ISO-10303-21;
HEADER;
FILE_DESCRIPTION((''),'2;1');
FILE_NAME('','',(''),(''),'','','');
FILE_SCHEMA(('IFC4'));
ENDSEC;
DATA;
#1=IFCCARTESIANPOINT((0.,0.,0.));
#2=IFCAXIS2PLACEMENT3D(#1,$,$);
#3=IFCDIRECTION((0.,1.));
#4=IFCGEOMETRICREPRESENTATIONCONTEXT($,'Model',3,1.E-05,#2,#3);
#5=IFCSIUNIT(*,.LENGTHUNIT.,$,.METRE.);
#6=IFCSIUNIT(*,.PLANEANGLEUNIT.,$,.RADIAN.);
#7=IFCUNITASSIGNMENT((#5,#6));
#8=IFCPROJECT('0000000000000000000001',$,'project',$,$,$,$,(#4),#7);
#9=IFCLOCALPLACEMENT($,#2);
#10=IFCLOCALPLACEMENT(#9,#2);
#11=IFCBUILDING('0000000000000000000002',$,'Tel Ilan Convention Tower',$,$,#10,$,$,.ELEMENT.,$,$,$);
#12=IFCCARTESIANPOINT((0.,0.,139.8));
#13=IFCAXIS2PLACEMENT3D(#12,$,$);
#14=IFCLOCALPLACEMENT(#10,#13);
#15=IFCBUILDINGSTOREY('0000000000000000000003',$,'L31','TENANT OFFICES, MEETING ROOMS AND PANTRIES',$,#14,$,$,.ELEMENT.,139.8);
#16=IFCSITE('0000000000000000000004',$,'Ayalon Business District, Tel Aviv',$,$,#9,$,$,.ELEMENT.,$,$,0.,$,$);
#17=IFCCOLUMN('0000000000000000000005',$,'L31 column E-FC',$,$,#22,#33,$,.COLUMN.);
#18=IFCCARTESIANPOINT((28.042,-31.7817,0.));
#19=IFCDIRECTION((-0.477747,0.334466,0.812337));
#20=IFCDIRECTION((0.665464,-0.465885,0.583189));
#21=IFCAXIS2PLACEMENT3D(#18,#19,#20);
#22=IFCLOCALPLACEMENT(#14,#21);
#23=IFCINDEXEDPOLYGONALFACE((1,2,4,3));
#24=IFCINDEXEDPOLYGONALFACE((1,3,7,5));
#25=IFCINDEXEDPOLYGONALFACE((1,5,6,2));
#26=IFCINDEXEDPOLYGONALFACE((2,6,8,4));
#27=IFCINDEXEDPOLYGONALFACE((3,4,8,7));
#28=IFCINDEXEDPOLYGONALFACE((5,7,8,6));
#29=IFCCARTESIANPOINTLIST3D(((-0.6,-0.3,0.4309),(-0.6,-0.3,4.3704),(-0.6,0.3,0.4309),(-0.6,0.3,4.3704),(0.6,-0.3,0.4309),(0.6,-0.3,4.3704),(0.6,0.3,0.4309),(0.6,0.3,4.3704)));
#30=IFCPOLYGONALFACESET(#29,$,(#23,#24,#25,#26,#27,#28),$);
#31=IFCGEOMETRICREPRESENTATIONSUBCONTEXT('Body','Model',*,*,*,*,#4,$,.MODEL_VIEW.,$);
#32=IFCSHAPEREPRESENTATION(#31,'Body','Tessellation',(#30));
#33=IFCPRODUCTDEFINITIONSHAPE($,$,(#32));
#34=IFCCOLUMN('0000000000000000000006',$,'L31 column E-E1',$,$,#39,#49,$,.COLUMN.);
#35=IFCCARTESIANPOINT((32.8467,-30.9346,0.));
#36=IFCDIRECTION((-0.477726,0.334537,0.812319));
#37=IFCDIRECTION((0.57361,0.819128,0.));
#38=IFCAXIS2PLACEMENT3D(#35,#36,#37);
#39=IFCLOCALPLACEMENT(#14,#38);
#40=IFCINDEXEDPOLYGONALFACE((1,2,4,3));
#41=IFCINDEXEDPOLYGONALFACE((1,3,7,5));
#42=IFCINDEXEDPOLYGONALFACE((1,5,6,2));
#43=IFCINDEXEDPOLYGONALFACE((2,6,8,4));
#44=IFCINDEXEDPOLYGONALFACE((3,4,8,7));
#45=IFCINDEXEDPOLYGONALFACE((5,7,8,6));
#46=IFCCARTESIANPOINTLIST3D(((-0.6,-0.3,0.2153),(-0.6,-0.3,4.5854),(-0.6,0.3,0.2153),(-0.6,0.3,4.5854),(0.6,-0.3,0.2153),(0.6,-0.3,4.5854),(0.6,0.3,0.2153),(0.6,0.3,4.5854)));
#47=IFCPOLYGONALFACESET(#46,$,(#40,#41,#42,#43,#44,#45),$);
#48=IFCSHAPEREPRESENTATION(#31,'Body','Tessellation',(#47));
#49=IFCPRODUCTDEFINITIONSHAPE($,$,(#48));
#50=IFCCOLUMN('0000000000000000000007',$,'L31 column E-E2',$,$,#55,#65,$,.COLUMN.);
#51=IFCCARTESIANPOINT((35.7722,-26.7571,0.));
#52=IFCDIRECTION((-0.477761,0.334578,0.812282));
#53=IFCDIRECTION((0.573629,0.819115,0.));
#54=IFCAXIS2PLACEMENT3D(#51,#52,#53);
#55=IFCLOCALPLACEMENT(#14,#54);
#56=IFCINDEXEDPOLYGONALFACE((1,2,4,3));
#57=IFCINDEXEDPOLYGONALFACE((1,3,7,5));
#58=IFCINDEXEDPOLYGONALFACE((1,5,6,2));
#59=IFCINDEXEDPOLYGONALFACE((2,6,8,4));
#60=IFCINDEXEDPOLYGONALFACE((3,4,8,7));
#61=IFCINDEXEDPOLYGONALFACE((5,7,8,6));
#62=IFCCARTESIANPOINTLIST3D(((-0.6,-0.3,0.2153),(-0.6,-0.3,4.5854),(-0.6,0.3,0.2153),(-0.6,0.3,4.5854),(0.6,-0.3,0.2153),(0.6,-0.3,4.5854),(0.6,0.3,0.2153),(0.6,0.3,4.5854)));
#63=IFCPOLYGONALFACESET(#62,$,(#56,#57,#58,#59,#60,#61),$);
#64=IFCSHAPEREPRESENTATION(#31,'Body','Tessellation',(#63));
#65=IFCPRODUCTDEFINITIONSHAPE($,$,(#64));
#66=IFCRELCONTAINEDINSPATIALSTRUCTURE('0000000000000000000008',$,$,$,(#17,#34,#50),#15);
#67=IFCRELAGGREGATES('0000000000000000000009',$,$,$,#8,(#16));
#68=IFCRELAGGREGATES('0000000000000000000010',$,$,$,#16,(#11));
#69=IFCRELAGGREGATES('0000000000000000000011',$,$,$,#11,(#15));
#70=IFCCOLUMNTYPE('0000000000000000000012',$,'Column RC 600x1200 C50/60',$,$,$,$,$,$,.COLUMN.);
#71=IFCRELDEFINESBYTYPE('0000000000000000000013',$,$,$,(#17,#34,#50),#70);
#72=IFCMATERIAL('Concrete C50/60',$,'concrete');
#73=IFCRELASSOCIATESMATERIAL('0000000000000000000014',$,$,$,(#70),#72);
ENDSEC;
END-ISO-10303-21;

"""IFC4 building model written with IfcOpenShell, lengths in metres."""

from ifc_helpers import new_model, si_unit, direction, frame, origin, origin_2d, place, context, subcontext, project, spatial, rectangle, extrude, clip, halfspace, material, material_profile, profile_set, type_object, element, save


model = new_model("IFC4")

# Units and contexts
model_context = context("Model", 3, precision=1e-05, world=origin(), true_north=direction((0.0, 1.0)))
body_context = subcontext(model_context, "Body", "Model", "MODEL_VIEW")
ifc_project = project(units=[si_unit("LENGTHUNIT", "METRE"), si_unit("PLANEANGLEUNIT", "RADIAN")], contexts=[model_context])

# Site, building, storey
site_placement = place(None, origin())
site = spatial("IfcSite", under=ifc_project, at=site_placement, Name="Ayalon Business District, Tel Aviv", CompositionType="ELEMENT", RefElevation=0.0)
building_placement = place(site_placement, origin())
building = spatial("IfcBuilding", under=site, at=building_placement, Name="Tel Ilan Convention Tower", CompositionType="ELEMENT")
storey_placement = place(building_placement, frame((0.0, 0.0, 139.8)))
storey = spatial("IfcBuildingStorey", under=building, at=storey_placement, Name="L31", Description="TENANT OFFICES, MEETING ROOMS AND PANTRIES", CompositionType="ELEMENT", Elevation=139.8)

# Columns
ifc_material_1 = material(Name="Concrete C50/60", Category="concrete")
ifc_material_profile_1 = material_profile(ifc_material_1, rectangle(XDim=1.2, YDim=0.6001, at=origin_2d()), Name="RC 600x1200")
ifc_profile_set_1 = profile_set([ifc_material_profile_1], Name="Concrete C50/60")
column_type = type_object("IfcColumnType", Name="Column RC 600x1200 C50/60", PredefinedType="COLUMN", material=ifc_profile_set_1)
column_1_placement = place(storey_placement, frame((28.042, -31.7817, 0.0), z_axis=(-0.477747, 0.334466, 0.812337), x_axis=(0.665464, -0.465885, 0.583189)))
element("IfcColumn", 1, at=column_1_placement, inside=storey, type_object=column_type, Name="L31 column E-FC", PredefinedType="COLUMN", context=body_context, shape_type="Clipping", body=[
    clip(clip(extrude(rectangle(XDim=1.2, YDim=0.6001, at=origin_2d()), origin(), (0.0, 0.0, 1.0), 4.801), halfspace(frame((0.0, 0.0, 0.4309), z_axis=(0.0, 0.0, 1.0), x_axis=(1.0, 0.0, 0.0)), True)), halfspace(frame((0.0, 0.0, 4.3704), z_axis=(0.0, 0.0, 1.0), x_axis=(1.0, 0.0, 0.0)), False)),
])
column_2_placement = place(storey_placement, frame((32.8467, -30.9346, 0.0), z_axis=(-0.477726, 0.334537, 0.812319), x_axis=(0.57361, 0.819128, 0.0)))
element("IfcColumn", 2, at=column_2_placement, inside=storey, type_object=column_type, Name="L31 column E-E1", PredefinedType="COLUMN", context=body_context, shape_type="Clipping", body=[
    clip(clip(extrude(rectangle(XDim=1.2, YDim=0.6001, at=origin_2d()), origin(), (0.0, 0.0, 1.0), 4.8008), halfspace(frame((0.0, 0.0, 0.2153), z_axis=(0.0, 0.0, 1.0), x_axis=(1.0, 0.0, 0.0)), True)), halfspace(frame((0.0, 0.0, 4.5854), z_axis=(0.0, 0.0, 1.0), x_axis=(1.0, 0.0, 0.0)), False)),
])
column_3_placement = place(storey_placement, frame((35.7722, -26.7571, 0.0), z_axis=(-0.477761, 0.334578, 0.812282), x_axis=(0.573629, 0.819115, 0.0)))
element("IfcColumn", 3, at=column_3_placement, inside=storey, type_object=column_type, Name="L31 column E-E2", PredefinedType="COLUMN", context=body_context, shape_type="Clipping", body=[
    clip(clip(extrude(rectangle(XDim=1.2, YDim=0.6001, at=origin_2d()), origin(), (0.0, 0.0, 1.0), 4.801), halfspace(frame((0.0, 0.0, 0.2153), z_axis=(0.0, 0.0, 1.0), x_axis=(1.0, 0.0, 0.0)), True)), halfspace(frame((0.0, 0.0, 4.5854), z_axis=(0.0, 0.0, 1.0), x_axis=(1.0, 0.0, 0.0)), False)),
])

save(model, "model.ifc")
